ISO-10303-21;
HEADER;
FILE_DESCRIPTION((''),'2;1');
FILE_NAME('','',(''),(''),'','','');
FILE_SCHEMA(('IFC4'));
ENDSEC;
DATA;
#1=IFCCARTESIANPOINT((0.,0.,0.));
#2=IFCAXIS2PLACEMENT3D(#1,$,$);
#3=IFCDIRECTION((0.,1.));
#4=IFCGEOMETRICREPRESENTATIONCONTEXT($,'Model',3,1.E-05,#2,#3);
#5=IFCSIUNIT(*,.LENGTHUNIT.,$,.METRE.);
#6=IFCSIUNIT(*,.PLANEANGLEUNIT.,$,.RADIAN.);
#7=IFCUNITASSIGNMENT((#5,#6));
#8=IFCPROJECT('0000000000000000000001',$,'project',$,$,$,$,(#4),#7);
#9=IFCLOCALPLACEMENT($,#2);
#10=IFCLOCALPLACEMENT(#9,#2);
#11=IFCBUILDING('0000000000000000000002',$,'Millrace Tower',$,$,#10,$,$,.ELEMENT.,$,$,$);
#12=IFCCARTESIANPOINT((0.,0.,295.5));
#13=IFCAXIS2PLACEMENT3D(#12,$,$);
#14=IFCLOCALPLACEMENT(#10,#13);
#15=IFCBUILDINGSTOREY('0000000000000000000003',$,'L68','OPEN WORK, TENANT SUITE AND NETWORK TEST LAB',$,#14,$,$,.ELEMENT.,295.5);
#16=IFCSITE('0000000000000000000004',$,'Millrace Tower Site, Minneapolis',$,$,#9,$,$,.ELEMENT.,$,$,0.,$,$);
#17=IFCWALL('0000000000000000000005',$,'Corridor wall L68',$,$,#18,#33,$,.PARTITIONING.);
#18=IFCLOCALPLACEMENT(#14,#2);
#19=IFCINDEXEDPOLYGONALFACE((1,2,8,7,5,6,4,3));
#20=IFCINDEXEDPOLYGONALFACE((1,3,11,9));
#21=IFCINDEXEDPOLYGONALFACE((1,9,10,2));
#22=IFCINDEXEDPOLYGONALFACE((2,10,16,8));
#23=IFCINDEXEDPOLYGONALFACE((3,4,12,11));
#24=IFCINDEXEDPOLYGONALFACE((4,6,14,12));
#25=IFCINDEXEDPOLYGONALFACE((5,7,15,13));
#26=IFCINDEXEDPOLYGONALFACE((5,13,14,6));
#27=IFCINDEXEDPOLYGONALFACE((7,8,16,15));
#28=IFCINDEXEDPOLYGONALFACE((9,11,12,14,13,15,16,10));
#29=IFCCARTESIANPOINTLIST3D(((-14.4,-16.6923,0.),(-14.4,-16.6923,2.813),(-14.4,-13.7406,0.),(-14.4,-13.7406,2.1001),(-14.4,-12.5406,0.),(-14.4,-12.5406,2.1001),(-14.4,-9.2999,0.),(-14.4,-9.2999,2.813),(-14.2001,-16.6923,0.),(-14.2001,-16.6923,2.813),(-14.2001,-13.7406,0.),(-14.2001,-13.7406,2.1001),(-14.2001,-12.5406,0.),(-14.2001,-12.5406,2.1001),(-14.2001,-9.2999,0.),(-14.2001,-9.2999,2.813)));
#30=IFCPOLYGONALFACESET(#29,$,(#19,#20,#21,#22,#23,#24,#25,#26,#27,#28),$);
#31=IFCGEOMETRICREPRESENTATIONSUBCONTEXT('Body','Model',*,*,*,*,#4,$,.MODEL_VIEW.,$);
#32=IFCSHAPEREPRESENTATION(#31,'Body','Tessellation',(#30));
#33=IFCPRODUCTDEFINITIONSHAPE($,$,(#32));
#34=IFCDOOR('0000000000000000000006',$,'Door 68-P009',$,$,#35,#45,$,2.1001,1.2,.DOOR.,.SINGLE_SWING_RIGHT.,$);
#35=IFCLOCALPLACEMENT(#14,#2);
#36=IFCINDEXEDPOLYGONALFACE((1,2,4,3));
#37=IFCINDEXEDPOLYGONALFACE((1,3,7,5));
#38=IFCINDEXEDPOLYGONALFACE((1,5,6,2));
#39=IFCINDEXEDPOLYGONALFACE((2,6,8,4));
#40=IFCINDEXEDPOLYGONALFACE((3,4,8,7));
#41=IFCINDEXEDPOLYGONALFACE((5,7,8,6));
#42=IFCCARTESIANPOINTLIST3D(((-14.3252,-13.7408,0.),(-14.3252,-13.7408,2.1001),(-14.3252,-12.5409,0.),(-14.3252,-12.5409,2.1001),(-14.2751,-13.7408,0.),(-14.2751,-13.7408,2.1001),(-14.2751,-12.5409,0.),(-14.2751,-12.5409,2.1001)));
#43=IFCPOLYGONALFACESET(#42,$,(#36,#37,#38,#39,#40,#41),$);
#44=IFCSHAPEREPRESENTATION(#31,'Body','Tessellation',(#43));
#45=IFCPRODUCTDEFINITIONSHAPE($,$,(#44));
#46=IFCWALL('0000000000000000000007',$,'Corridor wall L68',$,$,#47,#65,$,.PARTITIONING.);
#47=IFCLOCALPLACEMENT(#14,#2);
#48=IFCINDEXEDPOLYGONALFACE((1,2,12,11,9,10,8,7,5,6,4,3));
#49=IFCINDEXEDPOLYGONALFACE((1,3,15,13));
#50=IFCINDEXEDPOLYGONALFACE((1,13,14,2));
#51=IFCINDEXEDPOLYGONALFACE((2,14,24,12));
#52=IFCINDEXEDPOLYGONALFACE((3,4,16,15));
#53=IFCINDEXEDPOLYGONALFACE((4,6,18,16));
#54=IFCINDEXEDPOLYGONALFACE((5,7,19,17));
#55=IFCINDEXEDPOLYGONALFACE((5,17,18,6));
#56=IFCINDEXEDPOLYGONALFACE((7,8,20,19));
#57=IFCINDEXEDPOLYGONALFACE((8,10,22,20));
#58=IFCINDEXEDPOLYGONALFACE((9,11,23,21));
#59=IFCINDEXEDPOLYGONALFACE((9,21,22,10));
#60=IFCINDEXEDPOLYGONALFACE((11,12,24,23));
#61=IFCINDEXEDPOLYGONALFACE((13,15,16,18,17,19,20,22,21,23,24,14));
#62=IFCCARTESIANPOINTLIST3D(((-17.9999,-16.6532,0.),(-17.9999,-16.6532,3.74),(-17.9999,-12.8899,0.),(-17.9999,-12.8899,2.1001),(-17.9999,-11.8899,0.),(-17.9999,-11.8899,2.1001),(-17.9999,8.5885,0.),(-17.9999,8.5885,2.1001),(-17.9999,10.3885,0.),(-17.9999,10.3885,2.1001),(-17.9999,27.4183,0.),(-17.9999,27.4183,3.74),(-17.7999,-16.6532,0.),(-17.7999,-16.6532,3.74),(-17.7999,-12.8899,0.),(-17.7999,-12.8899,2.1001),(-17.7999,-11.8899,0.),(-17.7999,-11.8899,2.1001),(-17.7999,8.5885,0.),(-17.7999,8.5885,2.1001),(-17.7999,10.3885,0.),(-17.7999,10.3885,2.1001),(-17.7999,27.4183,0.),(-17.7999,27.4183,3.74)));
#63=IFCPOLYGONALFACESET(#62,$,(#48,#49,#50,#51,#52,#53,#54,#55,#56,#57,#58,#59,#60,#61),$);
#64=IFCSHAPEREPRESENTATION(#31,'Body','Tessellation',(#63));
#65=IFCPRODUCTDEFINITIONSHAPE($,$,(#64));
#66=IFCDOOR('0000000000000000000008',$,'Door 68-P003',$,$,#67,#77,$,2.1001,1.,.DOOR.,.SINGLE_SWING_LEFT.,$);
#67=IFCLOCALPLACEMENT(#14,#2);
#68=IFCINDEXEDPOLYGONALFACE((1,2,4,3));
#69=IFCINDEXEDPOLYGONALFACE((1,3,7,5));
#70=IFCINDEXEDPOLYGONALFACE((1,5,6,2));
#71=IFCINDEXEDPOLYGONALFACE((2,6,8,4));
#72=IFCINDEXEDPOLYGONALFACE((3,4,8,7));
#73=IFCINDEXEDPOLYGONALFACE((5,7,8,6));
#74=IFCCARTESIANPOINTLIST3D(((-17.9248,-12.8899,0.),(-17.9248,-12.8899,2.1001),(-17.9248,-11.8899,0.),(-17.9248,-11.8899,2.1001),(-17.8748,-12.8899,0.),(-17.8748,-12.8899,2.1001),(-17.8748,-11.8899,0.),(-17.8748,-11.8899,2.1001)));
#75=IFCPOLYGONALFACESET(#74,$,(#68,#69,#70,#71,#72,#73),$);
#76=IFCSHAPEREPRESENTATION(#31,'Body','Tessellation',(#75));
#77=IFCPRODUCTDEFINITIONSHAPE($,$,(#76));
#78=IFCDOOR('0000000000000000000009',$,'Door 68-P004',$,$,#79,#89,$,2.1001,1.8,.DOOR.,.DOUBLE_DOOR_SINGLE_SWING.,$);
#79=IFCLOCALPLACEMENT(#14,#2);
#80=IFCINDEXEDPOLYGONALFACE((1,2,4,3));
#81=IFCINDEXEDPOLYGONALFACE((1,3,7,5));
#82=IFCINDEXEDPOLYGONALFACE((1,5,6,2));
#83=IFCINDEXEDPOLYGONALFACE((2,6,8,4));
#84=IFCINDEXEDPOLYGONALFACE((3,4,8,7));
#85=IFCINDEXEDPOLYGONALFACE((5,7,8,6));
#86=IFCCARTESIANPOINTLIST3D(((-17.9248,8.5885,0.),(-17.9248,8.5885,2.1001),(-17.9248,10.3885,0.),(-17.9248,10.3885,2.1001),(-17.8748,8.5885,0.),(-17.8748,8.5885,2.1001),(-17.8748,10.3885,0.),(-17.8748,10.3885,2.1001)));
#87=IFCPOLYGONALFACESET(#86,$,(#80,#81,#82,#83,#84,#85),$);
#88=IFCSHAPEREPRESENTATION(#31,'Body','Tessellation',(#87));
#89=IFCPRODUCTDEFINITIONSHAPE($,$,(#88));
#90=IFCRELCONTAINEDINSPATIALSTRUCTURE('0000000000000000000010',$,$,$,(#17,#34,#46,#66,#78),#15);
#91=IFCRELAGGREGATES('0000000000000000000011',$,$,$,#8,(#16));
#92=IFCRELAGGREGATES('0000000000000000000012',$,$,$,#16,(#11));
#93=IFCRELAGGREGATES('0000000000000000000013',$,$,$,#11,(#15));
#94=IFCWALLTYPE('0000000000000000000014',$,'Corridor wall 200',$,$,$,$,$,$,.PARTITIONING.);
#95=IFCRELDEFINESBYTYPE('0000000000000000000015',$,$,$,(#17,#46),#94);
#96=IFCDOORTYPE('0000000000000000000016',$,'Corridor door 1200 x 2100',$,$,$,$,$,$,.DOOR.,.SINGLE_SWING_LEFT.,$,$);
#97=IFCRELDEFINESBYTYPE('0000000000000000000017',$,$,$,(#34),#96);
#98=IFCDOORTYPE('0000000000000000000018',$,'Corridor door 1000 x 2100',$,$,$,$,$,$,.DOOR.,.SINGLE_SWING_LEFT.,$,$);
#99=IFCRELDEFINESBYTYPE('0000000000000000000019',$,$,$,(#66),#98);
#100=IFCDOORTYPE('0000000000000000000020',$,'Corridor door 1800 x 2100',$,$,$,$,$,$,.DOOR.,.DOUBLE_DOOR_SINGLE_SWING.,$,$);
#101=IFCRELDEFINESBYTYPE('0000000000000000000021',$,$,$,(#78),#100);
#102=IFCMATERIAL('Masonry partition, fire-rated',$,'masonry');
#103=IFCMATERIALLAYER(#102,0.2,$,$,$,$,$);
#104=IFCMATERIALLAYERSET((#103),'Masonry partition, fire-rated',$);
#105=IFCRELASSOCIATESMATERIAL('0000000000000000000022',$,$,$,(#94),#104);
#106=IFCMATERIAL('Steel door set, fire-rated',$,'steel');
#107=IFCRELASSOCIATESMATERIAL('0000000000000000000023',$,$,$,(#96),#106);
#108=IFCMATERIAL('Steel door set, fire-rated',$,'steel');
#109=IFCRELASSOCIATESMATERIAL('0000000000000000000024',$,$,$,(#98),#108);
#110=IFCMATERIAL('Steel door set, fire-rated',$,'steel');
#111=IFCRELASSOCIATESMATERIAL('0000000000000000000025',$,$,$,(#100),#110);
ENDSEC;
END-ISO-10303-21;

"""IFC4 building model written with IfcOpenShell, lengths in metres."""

from ifc_helpers import new_model, si_unit, direction, frame, frame_2d, origin, place, context, subcontext, project, spatial, rectangle, extrude, material, layer, layer_set, type_object, element, fill, save


model = new_model("IFC4")

# Units and contexts
model_context = context("Model", 3, precision=1e-05, world=origin(), true_north=direction((0.0, 1.0)))
body_context = subcontext(model_context, "Body", "Model", "MODEL_VIEW")
ifc_project = project(units=[si_unit("LENGTHUNIT", "METRE"), si_unit("PLANEANGLEUNIT", "RADIAN")], contexts=[model_context])

# Site, building, storey
site_placement = place(None, origin())
site = spatial("IfcSite", under=ifc_project, at=site_placement, Name="Millrace Tower Site, Minneapolis", CompositionType="ELEMENT", RefElevation=0.0)
building_placement = place(site_placement, origin())
building = spatial("IfcBuilding", under=site, at=building_placement, Name="Millrace Tower", CompositionType="ELEMENT")
storey_placement = place(building_placement, frame((0.0, 0.0, 295.5)))
storey = spatial("IfcBuildingStorey", under=building, at=storey_placement, Name="L68", Description="OPEN WORK, TENANT SUITE AND NETWORK TEST LAB", CompositionType="ELEMENT", Elevation=295.5)

# Shared definitions
ifc_material_1 = material(Name="Masonry partition, fire-rated", Category="masonry")
ifc_layer_1 = layer(ifc_material_1, 0.2)
ifc_layer_set_1 = layer_set([ifc_layer_1], Name="Masonry partition, fire-rated")
wall_type = type_object("IfcWallType", Name="Corridor wall 200", PredefinedType="PARTITIONING", material=ifc_layer_set_1)

# Wall, opening, door
wall_1_placement = place(storey_placement, frame((-14.3, -16.6924, 0.0), z_axis=(0.0, 0.0, 1.0), x_axis=(0.0, 1.0, 0.0)))
wall_1 = element("IfcWall", 1, at=wall_1_placement, inside=storey, type_object=wall_type, Name="Corridor wall L68", PredefinedType="PARTITIONING", context=body_context, shape_type="SweptSolid", body=[
    extrude(rectangle(XDim=7.3923, YDim=0.2, at=frame_2d((3.6963, 0.0))), origin(), (0.0, 0.0, 1.0), 2.813),
])
opening_1_placement = place(wall_1_placement, frame((2.9517, 0.0, 0.0)))
opening_1 = element("IfcOpeningElement", 2, at=opening_1_placement, cuts=wall_1, PredefinedType="OPENING", context=body_context, shape_type="SweptSolid", body=[
    extrude(rectangle(XDim=1.2, YDim=2.1001, at=frame_2d((0.6001, 1.05))), frame((0.0, 0.1099, 0.0), z_axis=(0.0, -1.0, 0.0), x_axis=(1.0, 0.0, 0.0)), (0.0, 0.0, 1.0), 0.22),
])
ifc_material_2 = material(Name="Steel door set, fire-rated", Category="steel")
door_type_1 = type_object("IfcDoorType", Name="Corridor door 1200 x 2100", OperationType="SINGLE_SWING_LEFT", PredefinedType="DOOR", material=ifc_material_2)
door_1_placement = place(opening_1_placement, frame((1.2, 0.0, 0.0), z_axis=(0.0, 0.0, 1.0), x_axis=(-1.0, 0.0, 0.0)))
door_1 = element("IfcDoor", 3, at=door_1_placement, inside=storey, type_object=door_type_1, Name="Door 68-P009", OperationType="SINGLE_SWING_RIGHT", OverallHeight=2.1001, OverallWidth=1.2, PredefinedType="DOOR", context=body_context, shape_type="SweptSolid", body=[
    extrude(rectangle(XDim=1.2, YDim=2.1001, at=frame_2d((0.6001, 1.05))), frame((0.0, 0.0249, 0.0), z_axis=(0.0, -1.0, 0.0), x_axis=(1.0, 0.0, 0.0)), (0.0, 0.0, 1.0), 0.05),
])
fill(opening_1, door_1)

# Wall, openings, doors
wall_2_placement = place(storey_placement, frame((-17.8999, -16.6531, 0.0), z_axis=(0.0, 0.0, 1.0), x_axis=(0.0, 1.0, 0.0)))
wall_2 = element("IfcWall", 4, at=wall_2_placement, inside=storey, type_object=wall_type, Name="Corridor wall L68", PredefinedType="PARTITIONING", context=body_context, shape_type="SweptSolid", body=[
    extrude(rectangle(XDim=44.0715, YDim=0.2, at=frame_2d((22.0356, 0.0))), origin(), (0.0, 0.0, 1.0), 3.74),
])
opening_2_placement = place(wall_2_placement, frame((3.7632, 0.0, 0.0)))
opening_2 = element("IfcOpeningElement", 5, at=opening_2_placement, cuts=wall_2, PredefinedType="OPENING", context=body_context, shape_type="SweptSolid", body=[
    extrude(rectangle(XDim=1.0, YDim=2.1001, at=frame_2d((0.5, 1.05))), frame((0.0, 0.1099, 0.0), z_axis=(0.0, -1.0, 0.0), x_axis=(1.0, 0.0, 0.0)), (0.0, 0.0, 1.0), 0.22),
])
opening_3_placement = place(wall_2_placement, frame((25.2417, 0.0, 0.0)))
opening_3 = element("IfcOpeningElement", 6, at=opening_3_placement, cuts=wall_2, PredefinedType="OPENING", context=body_context, shape_type="SweptSolid", body=[
    extrude(rectangle(XDim=1.8, YDim=2.1001, at=frame_2d((0.8999, 1.05))), frame((0.0, 0.1099, 0.0), z_axis=(0.0, -1.0, 0.0), x_axis=(1.0, 0.0, 0.0)), (0.0, 0.0, 1.0), 0.22),
])
ifc_material_3 = material(Name="Steel door set, fire-rated", Category="steel")
door_type_2 = type_object("IfcDoorType", Name="Corridor door 1000 x 2100", OperationType="SINGLE_SWING_LEFT", PredefinedType="DOOR", material=ifc_material_3)
door_2_placement = place(opening_2_placement, origin())
door_2 = element("IfcDoor", 7, at=door_2_placement, inside=storey, type_object=door_type_2, Name="Door 68-P003", OperationType="SINGLE_SWING_LEFT", OverallHeight=2.1001, OverallWidth=1.0, PredefinedType="DOOR", context=body_context, shape_type="SweptSolid", body=[
    extrude(rectangle(XDim=1.0, YDim=2.1001, at=frame_2d((0.5, 1.05))), frame((0.0, 0.0249, 0.0), z_axis=(0.0, -1.0, 0.0), x_axis=(1.0, 0.0, 0.0)), (0.0, 0.0, 1.0), 0.05),
])
fill(opening_2, door_2)
ifc_material_4 = material(Name="Steel door set, fire-rated", Category="steel")
door_type_3 = type_object("IfcDoorType", Name="Corridor door 1800 x 2100", OperationType="DOUBLE_DOOR_SINGLE_SWING", PredefinedType="DOOR", material=ifc_material_4)
door_3_placement = place(opening_3_placement, origin())
door_3 = element("IfcDoor", 8, at=door_3_placement, inside=storey, type_object=door_type_3, Name="Door 68-P004", OperationType="DOUBLE_DOOR_SINGLE_SWING", OverallHeight=2.1001, OverallWidth=1.8, PredefinedType="DOOR", context=body_context, shape_type="SweptSolid", body=[
    extrude(rectangle(XDim=1.8, YDim=2.1001, at=frame_2d((0.8999, 1.05))), frame((0.0, 0.0249, 0.0), z_axis=(0.0, -1.0, 0.0), x_axis=(1.0, 0.0, 0.0)), (0.0, 0.0, 1.0), 0.05),
])
fill(opening_3, door_3)

save(model, "model.ifc")
